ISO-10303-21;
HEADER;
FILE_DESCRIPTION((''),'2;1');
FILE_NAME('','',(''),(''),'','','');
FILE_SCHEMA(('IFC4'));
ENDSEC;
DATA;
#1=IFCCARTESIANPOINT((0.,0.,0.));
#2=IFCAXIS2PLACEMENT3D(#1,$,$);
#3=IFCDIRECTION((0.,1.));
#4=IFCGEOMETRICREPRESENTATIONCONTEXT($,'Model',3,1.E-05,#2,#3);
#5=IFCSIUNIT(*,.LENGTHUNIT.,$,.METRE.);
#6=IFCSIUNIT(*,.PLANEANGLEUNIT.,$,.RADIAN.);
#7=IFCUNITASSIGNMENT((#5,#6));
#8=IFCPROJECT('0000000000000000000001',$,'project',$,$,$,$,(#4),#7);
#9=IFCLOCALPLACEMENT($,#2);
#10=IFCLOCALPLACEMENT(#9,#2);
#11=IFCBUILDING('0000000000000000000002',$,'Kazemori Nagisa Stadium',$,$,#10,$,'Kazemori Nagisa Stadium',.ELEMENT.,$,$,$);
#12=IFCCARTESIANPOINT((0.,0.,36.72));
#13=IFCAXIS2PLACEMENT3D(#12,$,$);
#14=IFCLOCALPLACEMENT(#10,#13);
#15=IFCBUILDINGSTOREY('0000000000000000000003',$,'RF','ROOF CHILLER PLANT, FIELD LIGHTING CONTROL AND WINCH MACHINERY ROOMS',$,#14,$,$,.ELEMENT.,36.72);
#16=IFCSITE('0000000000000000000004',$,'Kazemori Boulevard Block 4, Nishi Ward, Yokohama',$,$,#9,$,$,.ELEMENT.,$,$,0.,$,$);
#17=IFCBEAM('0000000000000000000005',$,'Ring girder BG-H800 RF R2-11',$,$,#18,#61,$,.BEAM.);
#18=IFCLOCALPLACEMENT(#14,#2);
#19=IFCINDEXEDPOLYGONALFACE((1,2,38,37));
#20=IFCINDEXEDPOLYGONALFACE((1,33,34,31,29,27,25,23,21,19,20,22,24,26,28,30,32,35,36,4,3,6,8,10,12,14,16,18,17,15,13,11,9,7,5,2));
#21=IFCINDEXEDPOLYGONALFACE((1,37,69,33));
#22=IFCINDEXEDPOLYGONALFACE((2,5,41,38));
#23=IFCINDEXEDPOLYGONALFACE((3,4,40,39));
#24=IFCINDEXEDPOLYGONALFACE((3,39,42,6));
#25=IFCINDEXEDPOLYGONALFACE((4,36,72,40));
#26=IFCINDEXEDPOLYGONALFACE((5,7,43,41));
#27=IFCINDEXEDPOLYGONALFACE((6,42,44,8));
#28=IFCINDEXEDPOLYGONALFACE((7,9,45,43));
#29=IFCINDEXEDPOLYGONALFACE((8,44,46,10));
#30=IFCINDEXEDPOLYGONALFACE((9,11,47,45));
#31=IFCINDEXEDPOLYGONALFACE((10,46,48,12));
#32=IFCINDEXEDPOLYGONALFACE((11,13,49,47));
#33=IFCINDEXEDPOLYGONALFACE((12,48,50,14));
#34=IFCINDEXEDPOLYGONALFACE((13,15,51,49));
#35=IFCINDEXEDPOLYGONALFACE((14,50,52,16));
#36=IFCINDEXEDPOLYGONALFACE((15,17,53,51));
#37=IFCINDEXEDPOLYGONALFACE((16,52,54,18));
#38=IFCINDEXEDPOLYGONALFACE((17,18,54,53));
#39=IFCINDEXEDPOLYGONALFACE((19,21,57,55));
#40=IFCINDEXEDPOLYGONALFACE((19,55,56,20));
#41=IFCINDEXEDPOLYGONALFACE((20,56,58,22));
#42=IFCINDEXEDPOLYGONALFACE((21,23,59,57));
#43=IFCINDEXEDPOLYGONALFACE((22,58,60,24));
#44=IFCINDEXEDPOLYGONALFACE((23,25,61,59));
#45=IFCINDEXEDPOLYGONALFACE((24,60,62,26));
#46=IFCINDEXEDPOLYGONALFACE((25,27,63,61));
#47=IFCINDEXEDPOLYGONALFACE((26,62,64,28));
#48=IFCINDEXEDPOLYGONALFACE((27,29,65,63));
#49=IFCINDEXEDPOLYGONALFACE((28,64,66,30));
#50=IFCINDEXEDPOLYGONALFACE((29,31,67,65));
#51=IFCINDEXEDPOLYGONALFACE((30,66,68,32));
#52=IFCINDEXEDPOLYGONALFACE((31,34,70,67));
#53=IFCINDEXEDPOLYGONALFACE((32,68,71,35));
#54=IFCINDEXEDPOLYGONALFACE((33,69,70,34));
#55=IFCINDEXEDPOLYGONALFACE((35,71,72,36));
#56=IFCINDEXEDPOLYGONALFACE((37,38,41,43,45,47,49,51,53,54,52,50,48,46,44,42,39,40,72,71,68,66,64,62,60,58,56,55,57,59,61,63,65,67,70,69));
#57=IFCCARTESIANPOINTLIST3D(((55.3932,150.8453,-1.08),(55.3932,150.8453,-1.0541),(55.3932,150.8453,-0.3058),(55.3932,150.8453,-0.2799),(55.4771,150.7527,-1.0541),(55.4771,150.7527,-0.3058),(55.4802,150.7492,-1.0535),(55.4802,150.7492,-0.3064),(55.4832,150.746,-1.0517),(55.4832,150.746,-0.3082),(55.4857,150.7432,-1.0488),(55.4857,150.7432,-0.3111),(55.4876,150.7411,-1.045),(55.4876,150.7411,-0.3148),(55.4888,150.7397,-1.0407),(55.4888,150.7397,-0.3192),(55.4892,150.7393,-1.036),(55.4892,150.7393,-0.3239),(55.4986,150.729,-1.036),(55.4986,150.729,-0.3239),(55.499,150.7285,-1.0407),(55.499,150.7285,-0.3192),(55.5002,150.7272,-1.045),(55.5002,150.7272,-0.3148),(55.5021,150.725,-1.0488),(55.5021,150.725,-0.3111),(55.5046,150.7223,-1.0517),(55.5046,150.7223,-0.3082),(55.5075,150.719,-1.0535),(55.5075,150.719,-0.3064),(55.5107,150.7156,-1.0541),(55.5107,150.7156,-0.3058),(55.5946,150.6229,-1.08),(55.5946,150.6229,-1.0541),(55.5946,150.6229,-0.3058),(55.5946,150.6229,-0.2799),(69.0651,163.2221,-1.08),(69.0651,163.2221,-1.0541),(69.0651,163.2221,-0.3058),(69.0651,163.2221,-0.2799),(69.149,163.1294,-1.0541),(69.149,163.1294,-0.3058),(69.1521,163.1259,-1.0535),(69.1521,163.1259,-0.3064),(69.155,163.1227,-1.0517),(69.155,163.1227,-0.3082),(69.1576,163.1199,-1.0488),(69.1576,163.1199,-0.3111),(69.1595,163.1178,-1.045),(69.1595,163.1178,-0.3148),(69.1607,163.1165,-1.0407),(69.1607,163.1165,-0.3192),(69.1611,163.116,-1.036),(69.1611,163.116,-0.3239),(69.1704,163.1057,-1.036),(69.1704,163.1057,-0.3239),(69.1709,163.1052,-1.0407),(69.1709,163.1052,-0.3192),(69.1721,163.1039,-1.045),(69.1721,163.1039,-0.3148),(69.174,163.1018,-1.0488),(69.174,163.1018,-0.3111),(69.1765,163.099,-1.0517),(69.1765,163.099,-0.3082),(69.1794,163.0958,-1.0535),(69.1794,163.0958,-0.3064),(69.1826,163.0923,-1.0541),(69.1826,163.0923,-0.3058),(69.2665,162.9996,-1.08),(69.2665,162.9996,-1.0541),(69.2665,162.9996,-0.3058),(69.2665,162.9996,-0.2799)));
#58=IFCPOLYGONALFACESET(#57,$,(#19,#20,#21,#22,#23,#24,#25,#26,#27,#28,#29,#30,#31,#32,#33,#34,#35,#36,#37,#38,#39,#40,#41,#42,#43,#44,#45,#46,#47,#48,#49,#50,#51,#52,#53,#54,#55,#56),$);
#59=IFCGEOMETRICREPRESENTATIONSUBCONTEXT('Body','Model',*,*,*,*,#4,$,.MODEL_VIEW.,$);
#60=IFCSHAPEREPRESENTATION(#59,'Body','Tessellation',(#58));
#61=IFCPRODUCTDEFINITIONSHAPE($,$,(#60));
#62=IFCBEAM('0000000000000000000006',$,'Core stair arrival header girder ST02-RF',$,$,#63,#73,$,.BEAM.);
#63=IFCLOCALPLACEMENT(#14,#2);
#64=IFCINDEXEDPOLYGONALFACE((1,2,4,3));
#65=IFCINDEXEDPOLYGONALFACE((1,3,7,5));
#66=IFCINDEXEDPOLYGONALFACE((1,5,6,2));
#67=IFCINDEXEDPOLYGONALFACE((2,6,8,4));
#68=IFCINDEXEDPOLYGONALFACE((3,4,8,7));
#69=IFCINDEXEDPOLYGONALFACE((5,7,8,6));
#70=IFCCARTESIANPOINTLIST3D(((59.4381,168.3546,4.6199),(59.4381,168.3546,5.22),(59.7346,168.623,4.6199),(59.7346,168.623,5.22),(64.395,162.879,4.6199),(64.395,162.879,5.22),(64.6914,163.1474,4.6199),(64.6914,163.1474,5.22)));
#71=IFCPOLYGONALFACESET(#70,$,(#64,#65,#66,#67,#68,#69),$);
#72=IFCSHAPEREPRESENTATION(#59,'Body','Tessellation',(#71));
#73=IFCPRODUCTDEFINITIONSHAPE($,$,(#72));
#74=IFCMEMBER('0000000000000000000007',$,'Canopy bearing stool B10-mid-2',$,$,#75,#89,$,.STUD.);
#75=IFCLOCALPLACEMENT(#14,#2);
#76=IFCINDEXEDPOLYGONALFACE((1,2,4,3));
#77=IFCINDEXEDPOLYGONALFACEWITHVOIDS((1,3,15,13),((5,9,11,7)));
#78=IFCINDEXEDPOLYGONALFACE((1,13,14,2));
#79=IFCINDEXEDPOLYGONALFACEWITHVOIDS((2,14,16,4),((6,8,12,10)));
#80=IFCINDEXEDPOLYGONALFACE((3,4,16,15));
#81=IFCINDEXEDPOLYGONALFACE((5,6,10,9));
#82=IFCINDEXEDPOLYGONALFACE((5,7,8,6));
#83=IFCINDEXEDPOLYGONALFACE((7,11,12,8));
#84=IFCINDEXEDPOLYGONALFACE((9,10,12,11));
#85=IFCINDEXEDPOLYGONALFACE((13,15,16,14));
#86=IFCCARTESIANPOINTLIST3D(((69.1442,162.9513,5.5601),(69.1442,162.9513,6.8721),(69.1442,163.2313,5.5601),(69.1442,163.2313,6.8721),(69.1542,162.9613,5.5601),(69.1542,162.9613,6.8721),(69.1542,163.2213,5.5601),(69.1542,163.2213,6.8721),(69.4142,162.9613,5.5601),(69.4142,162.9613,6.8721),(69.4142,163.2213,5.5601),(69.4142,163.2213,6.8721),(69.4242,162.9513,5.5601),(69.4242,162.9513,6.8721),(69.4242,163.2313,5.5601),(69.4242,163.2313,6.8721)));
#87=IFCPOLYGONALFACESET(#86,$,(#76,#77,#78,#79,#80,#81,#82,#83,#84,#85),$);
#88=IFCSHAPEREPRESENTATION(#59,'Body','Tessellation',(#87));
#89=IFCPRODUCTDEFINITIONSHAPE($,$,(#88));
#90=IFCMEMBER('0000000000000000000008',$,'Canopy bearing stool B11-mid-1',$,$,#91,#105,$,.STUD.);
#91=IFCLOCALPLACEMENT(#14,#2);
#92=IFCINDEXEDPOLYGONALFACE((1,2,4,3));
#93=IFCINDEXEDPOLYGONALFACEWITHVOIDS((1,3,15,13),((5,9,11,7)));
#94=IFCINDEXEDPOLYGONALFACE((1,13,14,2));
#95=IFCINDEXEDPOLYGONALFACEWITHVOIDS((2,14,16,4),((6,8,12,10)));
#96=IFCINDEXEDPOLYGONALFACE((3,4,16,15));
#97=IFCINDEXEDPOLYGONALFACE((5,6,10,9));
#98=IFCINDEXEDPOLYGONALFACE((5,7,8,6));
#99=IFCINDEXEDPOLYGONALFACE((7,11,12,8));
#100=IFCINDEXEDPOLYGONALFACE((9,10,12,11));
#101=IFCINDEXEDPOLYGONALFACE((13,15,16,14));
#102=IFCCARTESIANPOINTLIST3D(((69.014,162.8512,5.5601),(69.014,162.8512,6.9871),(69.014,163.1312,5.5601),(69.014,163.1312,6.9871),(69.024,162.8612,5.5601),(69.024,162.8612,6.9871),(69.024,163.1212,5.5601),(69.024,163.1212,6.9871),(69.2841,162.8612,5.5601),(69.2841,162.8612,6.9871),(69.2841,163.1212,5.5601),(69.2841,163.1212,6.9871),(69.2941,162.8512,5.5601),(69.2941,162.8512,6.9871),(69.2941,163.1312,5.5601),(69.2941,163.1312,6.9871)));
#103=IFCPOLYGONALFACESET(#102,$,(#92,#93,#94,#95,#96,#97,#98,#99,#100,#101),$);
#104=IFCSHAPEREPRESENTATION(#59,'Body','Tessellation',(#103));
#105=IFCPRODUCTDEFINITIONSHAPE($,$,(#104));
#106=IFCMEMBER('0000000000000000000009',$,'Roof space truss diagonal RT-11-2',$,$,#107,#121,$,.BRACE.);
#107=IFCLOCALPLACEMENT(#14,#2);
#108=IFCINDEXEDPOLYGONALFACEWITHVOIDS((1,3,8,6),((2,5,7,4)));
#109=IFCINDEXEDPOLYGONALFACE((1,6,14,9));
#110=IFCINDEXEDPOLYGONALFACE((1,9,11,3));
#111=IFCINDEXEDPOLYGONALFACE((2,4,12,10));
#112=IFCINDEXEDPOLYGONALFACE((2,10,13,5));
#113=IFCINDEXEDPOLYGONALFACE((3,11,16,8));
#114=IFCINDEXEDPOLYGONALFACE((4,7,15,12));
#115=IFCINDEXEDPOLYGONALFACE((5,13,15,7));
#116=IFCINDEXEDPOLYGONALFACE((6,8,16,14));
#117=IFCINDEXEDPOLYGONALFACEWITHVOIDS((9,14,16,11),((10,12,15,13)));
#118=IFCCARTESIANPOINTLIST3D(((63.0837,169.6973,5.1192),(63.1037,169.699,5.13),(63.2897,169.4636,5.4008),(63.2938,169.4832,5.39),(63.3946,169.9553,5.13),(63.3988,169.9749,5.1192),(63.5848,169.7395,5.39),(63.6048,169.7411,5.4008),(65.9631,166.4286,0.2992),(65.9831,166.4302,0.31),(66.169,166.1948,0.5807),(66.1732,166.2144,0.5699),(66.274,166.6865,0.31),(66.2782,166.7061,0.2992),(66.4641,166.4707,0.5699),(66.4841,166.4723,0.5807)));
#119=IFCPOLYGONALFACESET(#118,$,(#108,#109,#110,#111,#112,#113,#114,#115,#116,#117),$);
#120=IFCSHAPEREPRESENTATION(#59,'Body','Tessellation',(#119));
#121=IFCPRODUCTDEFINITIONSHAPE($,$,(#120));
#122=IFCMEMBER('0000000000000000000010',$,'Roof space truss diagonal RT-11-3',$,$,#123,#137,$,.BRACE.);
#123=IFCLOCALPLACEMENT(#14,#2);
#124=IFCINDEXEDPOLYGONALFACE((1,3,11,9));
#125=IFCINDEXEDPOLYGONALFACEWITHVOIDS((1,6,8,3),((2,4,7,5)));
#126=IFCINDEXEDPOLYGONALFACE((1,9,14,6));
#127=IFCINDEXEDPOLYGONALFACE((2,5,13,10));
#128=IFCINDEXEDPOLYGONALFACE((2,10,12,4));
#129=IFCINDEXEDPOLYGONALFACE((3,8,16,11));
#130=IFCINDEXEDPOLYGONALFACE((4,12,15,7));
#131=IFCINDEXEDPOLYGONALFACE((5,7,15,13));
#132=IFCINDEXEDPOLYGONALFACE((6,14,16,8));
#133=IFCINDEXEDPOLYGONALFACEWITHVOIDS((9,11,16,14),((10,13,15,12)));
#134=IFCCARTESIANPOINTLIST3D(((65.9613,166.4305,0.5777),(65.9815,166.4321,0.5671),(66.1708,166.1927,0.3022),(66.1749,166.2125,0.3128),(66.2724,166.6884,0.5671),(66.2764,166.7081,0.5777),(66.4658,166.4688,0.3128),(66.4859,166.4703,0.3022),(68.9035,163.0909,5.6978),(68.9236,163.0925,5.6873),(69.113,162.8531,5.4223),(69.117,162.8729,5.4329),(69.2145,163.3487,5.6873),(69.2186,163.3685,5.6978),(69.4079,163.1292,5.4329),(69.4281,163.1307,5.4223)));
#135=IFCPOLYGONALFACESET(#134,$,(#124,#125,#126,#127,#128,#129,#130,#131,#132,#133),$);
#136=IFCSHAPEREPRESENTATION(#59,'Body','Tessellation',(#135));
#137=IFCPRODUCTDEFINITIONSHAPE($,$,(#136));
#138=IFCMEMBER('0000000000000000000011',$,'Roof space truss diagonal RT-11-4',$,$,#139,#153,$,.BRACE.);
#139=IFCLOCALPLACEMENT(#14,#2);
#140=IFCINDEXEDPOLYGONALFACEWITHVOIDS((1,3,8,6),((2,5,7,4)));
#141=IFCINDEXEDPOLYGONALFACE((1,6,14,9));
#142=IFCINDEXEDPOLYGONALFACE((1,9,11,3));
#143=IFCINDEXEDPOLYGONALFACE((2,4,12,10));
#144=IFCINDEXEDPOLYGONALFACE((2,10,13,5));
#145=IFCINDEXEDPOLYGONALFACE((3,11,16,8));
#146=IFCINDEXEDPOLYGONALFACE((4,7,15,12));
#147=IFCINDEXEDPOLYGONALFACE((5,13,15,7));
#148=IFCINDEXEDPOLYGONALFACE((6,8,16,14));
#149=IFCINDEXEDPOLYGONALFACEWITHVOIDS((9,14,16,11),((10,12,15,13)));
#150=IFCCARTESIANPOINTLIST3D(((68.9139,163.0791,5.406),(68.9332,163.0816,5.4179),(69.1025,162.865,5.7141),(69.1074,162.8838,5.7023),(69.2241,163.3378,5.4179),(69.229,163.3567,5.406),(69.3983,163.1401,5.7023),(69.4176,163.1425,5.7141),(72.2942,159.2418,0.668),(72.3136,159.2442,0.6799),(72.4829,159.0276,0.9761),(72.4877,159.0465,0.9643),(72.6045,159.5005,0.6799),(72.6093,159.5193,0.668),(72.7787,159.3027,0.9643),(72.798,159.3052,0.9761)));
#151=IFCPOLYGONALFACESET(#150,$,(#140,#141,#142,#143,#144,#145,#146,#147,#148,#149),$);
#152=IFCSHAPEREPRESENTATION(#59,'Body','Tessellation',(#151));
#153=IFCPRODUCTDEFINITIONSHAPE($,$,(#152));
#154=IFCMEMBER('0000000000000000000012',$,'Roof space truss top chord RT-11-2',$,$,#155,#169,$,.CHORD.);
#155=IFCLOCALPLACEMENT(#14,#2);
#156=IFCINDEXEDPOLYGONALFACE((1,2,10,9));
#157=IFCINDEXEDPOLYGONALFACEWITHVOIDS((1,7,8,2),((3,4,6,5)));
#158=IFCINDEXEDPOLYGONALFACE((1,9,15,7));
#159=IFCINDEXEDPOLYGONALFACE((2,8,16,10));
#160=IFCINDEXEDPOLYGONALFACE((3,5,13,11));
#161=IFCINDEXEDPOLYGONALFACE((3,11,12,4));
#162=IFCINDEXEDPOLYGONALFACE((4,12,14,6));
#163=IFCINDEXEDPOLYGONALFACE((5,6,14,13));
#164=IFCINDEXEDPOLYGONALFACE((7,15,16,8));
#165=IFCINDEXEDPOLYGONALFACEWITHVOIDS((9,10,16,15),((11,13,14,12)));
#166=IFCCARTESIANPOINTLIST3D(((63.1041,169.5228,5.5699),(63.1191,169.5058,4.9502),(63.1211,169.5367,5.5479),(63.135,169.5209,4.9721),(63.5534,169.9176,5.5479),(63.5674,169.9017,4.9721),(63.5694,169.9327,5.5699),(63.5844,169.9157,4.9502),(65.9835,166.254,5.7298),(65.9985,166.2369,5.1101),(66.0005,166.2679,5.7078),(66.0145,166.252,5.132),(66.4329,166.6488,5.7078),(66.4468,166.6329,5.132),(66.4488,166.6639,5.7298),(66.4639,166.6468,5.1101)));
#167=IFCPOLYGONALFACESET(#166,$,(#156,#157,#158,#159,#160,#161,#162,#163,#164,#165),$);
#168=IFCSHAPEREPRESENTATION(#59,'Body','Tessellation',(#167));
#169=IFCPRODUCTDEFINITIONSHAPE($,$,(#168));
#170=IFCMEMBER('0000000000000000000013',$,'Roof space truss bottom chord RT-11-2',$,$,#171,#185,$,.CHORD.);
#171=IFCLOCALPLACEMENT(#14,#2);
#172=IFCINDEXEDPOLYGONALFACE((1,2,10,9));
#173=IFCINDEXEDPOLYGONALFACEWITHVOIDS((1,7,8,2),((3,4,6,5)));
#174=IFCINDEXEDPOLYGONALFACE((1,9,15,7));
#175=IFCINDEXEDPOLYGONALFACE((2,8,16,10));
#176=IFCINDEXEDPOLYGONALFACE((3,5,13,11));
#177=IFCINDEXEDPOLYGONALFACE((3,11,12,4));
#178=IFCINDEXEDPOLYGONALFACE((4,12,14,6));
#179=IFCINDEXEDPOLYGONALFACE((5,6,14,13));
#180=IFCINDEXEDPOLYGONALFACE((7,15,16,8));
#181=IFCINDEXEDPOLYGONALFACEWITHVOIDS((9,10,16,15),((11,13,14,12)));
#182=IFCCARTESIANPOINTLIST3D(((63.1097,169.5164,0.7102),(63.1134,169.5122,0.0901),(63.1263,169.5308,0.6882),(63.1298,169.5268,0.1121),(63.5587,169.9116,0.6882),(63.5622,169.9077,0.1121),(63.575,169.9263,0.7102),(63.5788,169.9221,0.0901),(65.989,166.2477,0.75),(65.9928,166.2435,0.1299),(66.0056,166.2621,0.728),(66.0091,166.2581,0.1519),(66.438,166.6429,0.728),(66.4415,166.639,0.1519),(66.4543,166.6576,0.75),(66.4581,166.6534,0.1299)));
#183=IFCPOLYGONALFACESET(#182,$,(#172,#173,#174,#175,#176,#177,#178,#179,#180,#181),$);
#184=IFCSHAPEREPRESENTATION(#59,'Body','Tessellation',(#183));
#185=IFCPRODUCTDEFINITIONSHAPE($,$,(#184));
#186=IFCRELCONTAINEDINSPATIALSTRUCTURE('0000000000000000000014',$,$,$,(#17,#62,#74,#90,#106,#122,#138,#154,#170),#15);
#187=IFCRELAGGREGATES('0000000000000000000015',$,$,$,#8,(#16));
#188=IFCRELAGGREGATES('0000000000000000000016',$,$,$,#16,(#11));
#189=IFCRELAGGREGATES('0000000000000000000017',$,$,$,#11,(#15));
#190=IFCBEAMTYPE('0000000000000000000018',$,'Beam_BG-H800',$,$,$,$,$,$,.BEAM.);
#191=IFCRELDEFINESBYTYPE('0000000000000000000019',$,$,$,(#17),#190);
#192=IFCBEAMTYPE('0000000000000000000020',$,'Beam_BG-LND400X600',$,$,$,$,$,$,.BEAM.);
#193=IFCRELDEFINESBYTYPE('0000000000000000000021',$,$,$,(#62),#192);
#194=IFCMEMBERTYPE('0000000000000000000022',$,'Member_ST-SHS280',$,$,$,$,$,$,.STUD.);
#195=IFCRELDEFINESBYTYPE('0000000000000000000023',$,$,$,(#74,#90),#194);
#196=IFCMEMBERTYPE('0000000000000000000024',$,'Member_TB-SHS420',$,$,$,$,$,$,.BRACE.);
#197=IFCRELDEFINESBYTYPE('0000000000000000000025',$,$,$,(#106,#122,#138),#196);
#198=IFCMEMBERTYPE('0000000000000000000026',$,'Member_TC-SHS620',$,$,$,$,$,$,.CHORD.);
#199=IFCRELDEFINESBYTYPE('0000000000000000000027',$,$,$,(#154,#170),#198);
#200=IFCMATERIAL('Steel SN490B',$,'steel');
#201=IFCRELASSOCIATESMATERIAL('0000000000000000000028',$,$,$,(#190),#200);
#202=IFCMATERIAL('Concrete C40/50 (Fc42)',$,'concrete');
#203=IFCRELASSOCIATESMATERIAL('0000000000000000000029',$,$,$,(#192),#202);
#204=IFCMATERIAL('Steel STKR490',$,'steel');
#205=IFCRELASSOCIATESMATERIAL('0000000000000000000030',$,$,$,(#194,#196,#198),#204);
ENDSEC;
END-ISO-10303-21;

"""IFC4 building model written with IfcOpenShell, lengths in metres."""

from ifc_helpers import new_model, si_unit, direction, frame, origin, origin_2d, place, context, subcontext, project, spatial, rectangle, hollow_rectangle, i_section, extrude, material, material_profile, profile_set, type_object, element, save


model = new_model("IFC4")

# Units and contexts
model_context = context("Model", 3, precision=1e-05, world=origin(), true_north=direction((0.0, 1.0)))
body_context = subcontext(model_context, "Body", "Model", "MODEL_VIEW")
ifc_project = project(units=[si_unit("LENGTHUNIT", "METRE"), si_unit("PLANEANGLEUNIT", "RADIAN")], contexts=[model_context])

# Site, building, storey
site_placement = place(None, origin())
site = spatial("IfcSite", under=ifc_project, at=site_placement, Name="Kazemori Boulevard Block 4, Nishi Ward, Yokohama", CompositionType="ELEMENT", RefElevation=0.0)
building_placement = place(site_placement, origin())
building = spatial("IfcBuilding", under=site, at=building_placement, Name="Kazemori Nagisa Stadium", LongName="Kazemori Nagisa Stadium", CompositionType="ELEMENT")
storey_placement = place(building_placement, frame((0.0, 0.0, 36.72)))
storey = spatial("IfcBuildingStorey", under=building, at=storey_placement, Name="RF", Description="ROOF CHILLER PLANT, FIELD LIGHTING CONTROL AND WINCH MACHINERY ROOMS", CompositionType="ELEMENT", Elevation=36.72)

# Shared definitions
ifc_material_1 = material(Name="Steel SN490B", Category="steel")

# Beams
ifc_material_profile_1 = material_profile(ifc_material_1, i_section(OverallWidth=0.3, OverallDepth=0.8, WebThickness=0.0139, FlangeThickness=0.0259, FilletRadius=0.0181, at=origin_2d()), Name="H-800x300x14x26")
ifc_profile_set_1 = profile_set([ifc_material_profile_1], Name="Steel SN490B")
beam_type_1 = type_object("IfcBeamType", Name="Beam_BG-H800", PredefinedType="BEAM", material=ifc_profile_set_1)
beam_1_placement = place(storey_placement, frame((69.1658, 163.1108, -0.6799), z_axis=(-0.741349, -0.67112, 0.0), x_axis=(0.67112, -0.741349, 0.0)))
element("IfcBeam", 1, at=beam_1_placement, inside=storey, type_object=beam_type_1, Name="Ring girder BG-H800 RF R2-11", PredefinedType="BEAM", context=body_context, shape_type="SweptSolid", body=[
    extrude(i_section(OverallWidth=0.3, OverallDepth=0.8, WebThickness=0.0139, FlangeThickness=0.0259, FilletRadius=0.0181, at=origin_2d()), origin(), (0.0, 0.0, 1.0), 18.4419),
])
ifc_material_2 = material(Name="Concrete C40/50 (Fc42)", Category="concrete")
ifc_material_profile_2 = material_profile(ifc_material_2, rectangle(XDim=0.3999, YDim=0.6001, at=origin_2d()), Name="RC-BM-400x600")
ifc_profile_set_2 = profile_set([ifc_material_profile_2], Name="Concrete C40/50 (Fc42)")
beam_type_2 = type_object("IfcBeamType", Name="Beam_BG-LND400X600", PredefinedType="BEAM", material=ifc_profile_set_2)
beam_2_placement = place(storey_placement, frame((64.5432, 163.0132, 4.9199), z_axis=(-0.671113, 0.741355, 0.0), x_axis=(-0.741355, -0.671113, 0.0)))
element("IfcBeam", 2, at=beam_2_placement, inside=storey, type_object=beam_type_2, Name="Core stair arrival header girder ST02-RF", PredefinedType="BEAM", context=body_context, shape_type="SweptSolid", body=[
    extrude(rectangle(XDim=0.3999, YDim=0.6001, at=origin_2d()), origin(), (0.0, 0.0, 1.0), 7.386),
])

# Members
ifc_material_3 = material(Name="Steel STKR490", Category="steel")
ifc_material_profile_3 = material_profile(ifc_material_3, hollow_rectangle(XDim=0.28, YDim=0.28, WallThickness=0.01, at=origin_2d()), Name="SHS-280x280x10")
ifc_profile_set_3 = profile_set([ifc_material_profile_3], Name="Steel STKR490")
member_type_1 = type_object("IfcMemberType", Name="Member_ST-SHS280", PredefinedType="STUD", material=ifc_profile_set_3)
member_1_placement = place(storey_placement, frame((69.2842, 163.0913, 5.5601), z_axis=(0.0, 0.0, 1.0), x_axis=(1.0, 0.0, 0.0)))
element("IfcMember", 3, at=member_1_placement, inside=storey, type_object=member_type_1, Name="Canopy bearing stool B10-mid-2", PredefinedType="STUD", context=body_context, shape_type="SweptSolid", body=[
    extrude(hollow_rectangle(XDim=0.28, YDim=0.28, WallThickness=0.01, at=origin_2d()), origin(), (0.0, 0.0, 1.0), 1.312),
])
member_2_placement = place(storey_placement, frame((69.1541, 162.9912, 5.5601), z_axis=(0.0, 0.0, 1.0), x_axis=(1.0, 0.0, 0.0)))
element("IfcMember", 4, at=member_2_placement, inside=storey, type_object=member_type_1, Name="Canopy bearing stool B11-mid-1", PredefinedType="STUD", context=body_context, shape_type="SweptSolid", body=[
    extrude(hollow_rectangle(XDim=0.28, YDim=0.28, WallThickness=0.01, at=origin_2d()), origin(), (0.0, 0.0, 1.0), 1.427),
])
ifc_material_profile_4 = material_profile(ifc_material_3, hollow_rectangle(XDim=0.4199, YDim=0.4199, WallThickness=0.0161, at=origin_2d()), Name="SHS-420x420x16")
ifc_profile_set_4 = profile_set([ifc_material_profile_4], Name="Steel STKR490")
member_type_2 = type_object("IfcMemberType", Name="Member_TB-SHS420", PredefinedType="BRACE", material=ifc_profile_set_4)
member_3_placement = place(storey_placement, frame((63.3442, 169.7192, 5.26), z_axis=(0.443199, -0.503136, -0.741909), x_axis=(0.750389, 0.660997, 0.0)))
element("IfcMember", 5, at=member_3_placement, inside=storey, type_object=member_type_2, Name="Roof space truss diagonal RT-11-2", PredefinedType="BRACE", context=body_context, shape_type="SweptSolid", body=[
    extrude(hollow_rectangle(XDim=0.4199, YDim=0.4199, WallThickness=0.0161, at=origin_2d()), origin(), (0.0, 0.0, 1.0), 6.4968),
])
member_4_placement = place(storey_placement, frame((66.2236, 166.4504, 0.4399), z_axis=(0.433678, -0.492265, 0.754717), x_axis=(0.750347, 0.661045, 0.0)))
element("IfcMember", 6, at=member_4_placement, inside=storey, type_object=member_type_2, Name="Roof space truss diagonal RT-11-3", PredefinedType="BRACE", context=body_context, shape_type="SweptSolid", body=[
    extrude(hollow_rectangle(XDim=0.4199, YDim=0.4199, WallThickness=0.0161, at=origin_2d()), origin(), (0.0, 0.0, 1.0), 6.7842),
])
member_5_placement = place(storey_placement, frame((69.1658, 163.1108, 5.5601), z_axis=(0.484886, -0.550443, -0.679631), x_axis=(0.750378, 0.661009, 0.0)))
element("IfcMember", 7, at=member_5_placement, inside=storey, type_object=member_type_2, Name="Roof space truss diagonal RT-11-4", PredefinedType="BRACE", context=body_context, shape_type="SweptSolid", body=[
    extrude(hollow_rectangle(XDim=0.4199, YDim=0.4199, WallThickness=0.0161, at=origin_2d()), origin(), (0.0, 0.0, 1.0), 6.9714),
])
ifc_material_profile_5 = material_profile(ifc_material_3, hollow_rectangle(XDim=0.6201, YDim=0.6201, WallThickness=0.022, at=origin_2d()), Name="SHS-620x620x22")
ifc_profile_set_5 = profile_set([ifc_material_profile_5], Name="Steel STKR490")
member_type_3 = type_object("IfcMemberType", Name="Member_TC-SHS620", PredefinedType="CHORD", material=ifc_profile_set_5)
member_6_placement = place(storey_placement, frame((63.3442, 169.7192, 5.26), z_axis=(0.660552, -0.749884, 0.036685), x_axis=(0.750389, 0.660997, 0.0)))
element("IfcMember", 8, at=member_6_placement, inside=storey, type_object=member_type_3, Name="Roof space truss top chord RT-11-2", PredefinedType="CHORD", context=body_context, shape_type="SweptSolid", body=[
    extrude(hollow_rectangle(XDim=0.6201, YDim=0.6201, WallThickness=0.022, at=origin_2d()), origin(), (0.0, 0.0, 1.0), 4.3591),
])
member_7_placement = place(storey_placement, frame((63.3442, 169.7192, 0.4001), z_axis=(0.660969, -0.750357, 0.009135), x_axis=(0.750389, 0.660997, 0.0)))
element("IfcMember", 9, at=member_7_placement, inside=storey, type_object=member_type_3, Name="Roof space truss bottom chord RT-11-2", PredefinedType="CHORD", context=body_context, shape_type="SweptSolid", body=[
    extrude(hollow_rectangle(XDim=0.6201, YDim=0.6201, WallThickness=0.022, at=origin_2d()), origin(), (0.0, 0.0, 1.0), 4.3562),
])

save(model, "model.ifc")
